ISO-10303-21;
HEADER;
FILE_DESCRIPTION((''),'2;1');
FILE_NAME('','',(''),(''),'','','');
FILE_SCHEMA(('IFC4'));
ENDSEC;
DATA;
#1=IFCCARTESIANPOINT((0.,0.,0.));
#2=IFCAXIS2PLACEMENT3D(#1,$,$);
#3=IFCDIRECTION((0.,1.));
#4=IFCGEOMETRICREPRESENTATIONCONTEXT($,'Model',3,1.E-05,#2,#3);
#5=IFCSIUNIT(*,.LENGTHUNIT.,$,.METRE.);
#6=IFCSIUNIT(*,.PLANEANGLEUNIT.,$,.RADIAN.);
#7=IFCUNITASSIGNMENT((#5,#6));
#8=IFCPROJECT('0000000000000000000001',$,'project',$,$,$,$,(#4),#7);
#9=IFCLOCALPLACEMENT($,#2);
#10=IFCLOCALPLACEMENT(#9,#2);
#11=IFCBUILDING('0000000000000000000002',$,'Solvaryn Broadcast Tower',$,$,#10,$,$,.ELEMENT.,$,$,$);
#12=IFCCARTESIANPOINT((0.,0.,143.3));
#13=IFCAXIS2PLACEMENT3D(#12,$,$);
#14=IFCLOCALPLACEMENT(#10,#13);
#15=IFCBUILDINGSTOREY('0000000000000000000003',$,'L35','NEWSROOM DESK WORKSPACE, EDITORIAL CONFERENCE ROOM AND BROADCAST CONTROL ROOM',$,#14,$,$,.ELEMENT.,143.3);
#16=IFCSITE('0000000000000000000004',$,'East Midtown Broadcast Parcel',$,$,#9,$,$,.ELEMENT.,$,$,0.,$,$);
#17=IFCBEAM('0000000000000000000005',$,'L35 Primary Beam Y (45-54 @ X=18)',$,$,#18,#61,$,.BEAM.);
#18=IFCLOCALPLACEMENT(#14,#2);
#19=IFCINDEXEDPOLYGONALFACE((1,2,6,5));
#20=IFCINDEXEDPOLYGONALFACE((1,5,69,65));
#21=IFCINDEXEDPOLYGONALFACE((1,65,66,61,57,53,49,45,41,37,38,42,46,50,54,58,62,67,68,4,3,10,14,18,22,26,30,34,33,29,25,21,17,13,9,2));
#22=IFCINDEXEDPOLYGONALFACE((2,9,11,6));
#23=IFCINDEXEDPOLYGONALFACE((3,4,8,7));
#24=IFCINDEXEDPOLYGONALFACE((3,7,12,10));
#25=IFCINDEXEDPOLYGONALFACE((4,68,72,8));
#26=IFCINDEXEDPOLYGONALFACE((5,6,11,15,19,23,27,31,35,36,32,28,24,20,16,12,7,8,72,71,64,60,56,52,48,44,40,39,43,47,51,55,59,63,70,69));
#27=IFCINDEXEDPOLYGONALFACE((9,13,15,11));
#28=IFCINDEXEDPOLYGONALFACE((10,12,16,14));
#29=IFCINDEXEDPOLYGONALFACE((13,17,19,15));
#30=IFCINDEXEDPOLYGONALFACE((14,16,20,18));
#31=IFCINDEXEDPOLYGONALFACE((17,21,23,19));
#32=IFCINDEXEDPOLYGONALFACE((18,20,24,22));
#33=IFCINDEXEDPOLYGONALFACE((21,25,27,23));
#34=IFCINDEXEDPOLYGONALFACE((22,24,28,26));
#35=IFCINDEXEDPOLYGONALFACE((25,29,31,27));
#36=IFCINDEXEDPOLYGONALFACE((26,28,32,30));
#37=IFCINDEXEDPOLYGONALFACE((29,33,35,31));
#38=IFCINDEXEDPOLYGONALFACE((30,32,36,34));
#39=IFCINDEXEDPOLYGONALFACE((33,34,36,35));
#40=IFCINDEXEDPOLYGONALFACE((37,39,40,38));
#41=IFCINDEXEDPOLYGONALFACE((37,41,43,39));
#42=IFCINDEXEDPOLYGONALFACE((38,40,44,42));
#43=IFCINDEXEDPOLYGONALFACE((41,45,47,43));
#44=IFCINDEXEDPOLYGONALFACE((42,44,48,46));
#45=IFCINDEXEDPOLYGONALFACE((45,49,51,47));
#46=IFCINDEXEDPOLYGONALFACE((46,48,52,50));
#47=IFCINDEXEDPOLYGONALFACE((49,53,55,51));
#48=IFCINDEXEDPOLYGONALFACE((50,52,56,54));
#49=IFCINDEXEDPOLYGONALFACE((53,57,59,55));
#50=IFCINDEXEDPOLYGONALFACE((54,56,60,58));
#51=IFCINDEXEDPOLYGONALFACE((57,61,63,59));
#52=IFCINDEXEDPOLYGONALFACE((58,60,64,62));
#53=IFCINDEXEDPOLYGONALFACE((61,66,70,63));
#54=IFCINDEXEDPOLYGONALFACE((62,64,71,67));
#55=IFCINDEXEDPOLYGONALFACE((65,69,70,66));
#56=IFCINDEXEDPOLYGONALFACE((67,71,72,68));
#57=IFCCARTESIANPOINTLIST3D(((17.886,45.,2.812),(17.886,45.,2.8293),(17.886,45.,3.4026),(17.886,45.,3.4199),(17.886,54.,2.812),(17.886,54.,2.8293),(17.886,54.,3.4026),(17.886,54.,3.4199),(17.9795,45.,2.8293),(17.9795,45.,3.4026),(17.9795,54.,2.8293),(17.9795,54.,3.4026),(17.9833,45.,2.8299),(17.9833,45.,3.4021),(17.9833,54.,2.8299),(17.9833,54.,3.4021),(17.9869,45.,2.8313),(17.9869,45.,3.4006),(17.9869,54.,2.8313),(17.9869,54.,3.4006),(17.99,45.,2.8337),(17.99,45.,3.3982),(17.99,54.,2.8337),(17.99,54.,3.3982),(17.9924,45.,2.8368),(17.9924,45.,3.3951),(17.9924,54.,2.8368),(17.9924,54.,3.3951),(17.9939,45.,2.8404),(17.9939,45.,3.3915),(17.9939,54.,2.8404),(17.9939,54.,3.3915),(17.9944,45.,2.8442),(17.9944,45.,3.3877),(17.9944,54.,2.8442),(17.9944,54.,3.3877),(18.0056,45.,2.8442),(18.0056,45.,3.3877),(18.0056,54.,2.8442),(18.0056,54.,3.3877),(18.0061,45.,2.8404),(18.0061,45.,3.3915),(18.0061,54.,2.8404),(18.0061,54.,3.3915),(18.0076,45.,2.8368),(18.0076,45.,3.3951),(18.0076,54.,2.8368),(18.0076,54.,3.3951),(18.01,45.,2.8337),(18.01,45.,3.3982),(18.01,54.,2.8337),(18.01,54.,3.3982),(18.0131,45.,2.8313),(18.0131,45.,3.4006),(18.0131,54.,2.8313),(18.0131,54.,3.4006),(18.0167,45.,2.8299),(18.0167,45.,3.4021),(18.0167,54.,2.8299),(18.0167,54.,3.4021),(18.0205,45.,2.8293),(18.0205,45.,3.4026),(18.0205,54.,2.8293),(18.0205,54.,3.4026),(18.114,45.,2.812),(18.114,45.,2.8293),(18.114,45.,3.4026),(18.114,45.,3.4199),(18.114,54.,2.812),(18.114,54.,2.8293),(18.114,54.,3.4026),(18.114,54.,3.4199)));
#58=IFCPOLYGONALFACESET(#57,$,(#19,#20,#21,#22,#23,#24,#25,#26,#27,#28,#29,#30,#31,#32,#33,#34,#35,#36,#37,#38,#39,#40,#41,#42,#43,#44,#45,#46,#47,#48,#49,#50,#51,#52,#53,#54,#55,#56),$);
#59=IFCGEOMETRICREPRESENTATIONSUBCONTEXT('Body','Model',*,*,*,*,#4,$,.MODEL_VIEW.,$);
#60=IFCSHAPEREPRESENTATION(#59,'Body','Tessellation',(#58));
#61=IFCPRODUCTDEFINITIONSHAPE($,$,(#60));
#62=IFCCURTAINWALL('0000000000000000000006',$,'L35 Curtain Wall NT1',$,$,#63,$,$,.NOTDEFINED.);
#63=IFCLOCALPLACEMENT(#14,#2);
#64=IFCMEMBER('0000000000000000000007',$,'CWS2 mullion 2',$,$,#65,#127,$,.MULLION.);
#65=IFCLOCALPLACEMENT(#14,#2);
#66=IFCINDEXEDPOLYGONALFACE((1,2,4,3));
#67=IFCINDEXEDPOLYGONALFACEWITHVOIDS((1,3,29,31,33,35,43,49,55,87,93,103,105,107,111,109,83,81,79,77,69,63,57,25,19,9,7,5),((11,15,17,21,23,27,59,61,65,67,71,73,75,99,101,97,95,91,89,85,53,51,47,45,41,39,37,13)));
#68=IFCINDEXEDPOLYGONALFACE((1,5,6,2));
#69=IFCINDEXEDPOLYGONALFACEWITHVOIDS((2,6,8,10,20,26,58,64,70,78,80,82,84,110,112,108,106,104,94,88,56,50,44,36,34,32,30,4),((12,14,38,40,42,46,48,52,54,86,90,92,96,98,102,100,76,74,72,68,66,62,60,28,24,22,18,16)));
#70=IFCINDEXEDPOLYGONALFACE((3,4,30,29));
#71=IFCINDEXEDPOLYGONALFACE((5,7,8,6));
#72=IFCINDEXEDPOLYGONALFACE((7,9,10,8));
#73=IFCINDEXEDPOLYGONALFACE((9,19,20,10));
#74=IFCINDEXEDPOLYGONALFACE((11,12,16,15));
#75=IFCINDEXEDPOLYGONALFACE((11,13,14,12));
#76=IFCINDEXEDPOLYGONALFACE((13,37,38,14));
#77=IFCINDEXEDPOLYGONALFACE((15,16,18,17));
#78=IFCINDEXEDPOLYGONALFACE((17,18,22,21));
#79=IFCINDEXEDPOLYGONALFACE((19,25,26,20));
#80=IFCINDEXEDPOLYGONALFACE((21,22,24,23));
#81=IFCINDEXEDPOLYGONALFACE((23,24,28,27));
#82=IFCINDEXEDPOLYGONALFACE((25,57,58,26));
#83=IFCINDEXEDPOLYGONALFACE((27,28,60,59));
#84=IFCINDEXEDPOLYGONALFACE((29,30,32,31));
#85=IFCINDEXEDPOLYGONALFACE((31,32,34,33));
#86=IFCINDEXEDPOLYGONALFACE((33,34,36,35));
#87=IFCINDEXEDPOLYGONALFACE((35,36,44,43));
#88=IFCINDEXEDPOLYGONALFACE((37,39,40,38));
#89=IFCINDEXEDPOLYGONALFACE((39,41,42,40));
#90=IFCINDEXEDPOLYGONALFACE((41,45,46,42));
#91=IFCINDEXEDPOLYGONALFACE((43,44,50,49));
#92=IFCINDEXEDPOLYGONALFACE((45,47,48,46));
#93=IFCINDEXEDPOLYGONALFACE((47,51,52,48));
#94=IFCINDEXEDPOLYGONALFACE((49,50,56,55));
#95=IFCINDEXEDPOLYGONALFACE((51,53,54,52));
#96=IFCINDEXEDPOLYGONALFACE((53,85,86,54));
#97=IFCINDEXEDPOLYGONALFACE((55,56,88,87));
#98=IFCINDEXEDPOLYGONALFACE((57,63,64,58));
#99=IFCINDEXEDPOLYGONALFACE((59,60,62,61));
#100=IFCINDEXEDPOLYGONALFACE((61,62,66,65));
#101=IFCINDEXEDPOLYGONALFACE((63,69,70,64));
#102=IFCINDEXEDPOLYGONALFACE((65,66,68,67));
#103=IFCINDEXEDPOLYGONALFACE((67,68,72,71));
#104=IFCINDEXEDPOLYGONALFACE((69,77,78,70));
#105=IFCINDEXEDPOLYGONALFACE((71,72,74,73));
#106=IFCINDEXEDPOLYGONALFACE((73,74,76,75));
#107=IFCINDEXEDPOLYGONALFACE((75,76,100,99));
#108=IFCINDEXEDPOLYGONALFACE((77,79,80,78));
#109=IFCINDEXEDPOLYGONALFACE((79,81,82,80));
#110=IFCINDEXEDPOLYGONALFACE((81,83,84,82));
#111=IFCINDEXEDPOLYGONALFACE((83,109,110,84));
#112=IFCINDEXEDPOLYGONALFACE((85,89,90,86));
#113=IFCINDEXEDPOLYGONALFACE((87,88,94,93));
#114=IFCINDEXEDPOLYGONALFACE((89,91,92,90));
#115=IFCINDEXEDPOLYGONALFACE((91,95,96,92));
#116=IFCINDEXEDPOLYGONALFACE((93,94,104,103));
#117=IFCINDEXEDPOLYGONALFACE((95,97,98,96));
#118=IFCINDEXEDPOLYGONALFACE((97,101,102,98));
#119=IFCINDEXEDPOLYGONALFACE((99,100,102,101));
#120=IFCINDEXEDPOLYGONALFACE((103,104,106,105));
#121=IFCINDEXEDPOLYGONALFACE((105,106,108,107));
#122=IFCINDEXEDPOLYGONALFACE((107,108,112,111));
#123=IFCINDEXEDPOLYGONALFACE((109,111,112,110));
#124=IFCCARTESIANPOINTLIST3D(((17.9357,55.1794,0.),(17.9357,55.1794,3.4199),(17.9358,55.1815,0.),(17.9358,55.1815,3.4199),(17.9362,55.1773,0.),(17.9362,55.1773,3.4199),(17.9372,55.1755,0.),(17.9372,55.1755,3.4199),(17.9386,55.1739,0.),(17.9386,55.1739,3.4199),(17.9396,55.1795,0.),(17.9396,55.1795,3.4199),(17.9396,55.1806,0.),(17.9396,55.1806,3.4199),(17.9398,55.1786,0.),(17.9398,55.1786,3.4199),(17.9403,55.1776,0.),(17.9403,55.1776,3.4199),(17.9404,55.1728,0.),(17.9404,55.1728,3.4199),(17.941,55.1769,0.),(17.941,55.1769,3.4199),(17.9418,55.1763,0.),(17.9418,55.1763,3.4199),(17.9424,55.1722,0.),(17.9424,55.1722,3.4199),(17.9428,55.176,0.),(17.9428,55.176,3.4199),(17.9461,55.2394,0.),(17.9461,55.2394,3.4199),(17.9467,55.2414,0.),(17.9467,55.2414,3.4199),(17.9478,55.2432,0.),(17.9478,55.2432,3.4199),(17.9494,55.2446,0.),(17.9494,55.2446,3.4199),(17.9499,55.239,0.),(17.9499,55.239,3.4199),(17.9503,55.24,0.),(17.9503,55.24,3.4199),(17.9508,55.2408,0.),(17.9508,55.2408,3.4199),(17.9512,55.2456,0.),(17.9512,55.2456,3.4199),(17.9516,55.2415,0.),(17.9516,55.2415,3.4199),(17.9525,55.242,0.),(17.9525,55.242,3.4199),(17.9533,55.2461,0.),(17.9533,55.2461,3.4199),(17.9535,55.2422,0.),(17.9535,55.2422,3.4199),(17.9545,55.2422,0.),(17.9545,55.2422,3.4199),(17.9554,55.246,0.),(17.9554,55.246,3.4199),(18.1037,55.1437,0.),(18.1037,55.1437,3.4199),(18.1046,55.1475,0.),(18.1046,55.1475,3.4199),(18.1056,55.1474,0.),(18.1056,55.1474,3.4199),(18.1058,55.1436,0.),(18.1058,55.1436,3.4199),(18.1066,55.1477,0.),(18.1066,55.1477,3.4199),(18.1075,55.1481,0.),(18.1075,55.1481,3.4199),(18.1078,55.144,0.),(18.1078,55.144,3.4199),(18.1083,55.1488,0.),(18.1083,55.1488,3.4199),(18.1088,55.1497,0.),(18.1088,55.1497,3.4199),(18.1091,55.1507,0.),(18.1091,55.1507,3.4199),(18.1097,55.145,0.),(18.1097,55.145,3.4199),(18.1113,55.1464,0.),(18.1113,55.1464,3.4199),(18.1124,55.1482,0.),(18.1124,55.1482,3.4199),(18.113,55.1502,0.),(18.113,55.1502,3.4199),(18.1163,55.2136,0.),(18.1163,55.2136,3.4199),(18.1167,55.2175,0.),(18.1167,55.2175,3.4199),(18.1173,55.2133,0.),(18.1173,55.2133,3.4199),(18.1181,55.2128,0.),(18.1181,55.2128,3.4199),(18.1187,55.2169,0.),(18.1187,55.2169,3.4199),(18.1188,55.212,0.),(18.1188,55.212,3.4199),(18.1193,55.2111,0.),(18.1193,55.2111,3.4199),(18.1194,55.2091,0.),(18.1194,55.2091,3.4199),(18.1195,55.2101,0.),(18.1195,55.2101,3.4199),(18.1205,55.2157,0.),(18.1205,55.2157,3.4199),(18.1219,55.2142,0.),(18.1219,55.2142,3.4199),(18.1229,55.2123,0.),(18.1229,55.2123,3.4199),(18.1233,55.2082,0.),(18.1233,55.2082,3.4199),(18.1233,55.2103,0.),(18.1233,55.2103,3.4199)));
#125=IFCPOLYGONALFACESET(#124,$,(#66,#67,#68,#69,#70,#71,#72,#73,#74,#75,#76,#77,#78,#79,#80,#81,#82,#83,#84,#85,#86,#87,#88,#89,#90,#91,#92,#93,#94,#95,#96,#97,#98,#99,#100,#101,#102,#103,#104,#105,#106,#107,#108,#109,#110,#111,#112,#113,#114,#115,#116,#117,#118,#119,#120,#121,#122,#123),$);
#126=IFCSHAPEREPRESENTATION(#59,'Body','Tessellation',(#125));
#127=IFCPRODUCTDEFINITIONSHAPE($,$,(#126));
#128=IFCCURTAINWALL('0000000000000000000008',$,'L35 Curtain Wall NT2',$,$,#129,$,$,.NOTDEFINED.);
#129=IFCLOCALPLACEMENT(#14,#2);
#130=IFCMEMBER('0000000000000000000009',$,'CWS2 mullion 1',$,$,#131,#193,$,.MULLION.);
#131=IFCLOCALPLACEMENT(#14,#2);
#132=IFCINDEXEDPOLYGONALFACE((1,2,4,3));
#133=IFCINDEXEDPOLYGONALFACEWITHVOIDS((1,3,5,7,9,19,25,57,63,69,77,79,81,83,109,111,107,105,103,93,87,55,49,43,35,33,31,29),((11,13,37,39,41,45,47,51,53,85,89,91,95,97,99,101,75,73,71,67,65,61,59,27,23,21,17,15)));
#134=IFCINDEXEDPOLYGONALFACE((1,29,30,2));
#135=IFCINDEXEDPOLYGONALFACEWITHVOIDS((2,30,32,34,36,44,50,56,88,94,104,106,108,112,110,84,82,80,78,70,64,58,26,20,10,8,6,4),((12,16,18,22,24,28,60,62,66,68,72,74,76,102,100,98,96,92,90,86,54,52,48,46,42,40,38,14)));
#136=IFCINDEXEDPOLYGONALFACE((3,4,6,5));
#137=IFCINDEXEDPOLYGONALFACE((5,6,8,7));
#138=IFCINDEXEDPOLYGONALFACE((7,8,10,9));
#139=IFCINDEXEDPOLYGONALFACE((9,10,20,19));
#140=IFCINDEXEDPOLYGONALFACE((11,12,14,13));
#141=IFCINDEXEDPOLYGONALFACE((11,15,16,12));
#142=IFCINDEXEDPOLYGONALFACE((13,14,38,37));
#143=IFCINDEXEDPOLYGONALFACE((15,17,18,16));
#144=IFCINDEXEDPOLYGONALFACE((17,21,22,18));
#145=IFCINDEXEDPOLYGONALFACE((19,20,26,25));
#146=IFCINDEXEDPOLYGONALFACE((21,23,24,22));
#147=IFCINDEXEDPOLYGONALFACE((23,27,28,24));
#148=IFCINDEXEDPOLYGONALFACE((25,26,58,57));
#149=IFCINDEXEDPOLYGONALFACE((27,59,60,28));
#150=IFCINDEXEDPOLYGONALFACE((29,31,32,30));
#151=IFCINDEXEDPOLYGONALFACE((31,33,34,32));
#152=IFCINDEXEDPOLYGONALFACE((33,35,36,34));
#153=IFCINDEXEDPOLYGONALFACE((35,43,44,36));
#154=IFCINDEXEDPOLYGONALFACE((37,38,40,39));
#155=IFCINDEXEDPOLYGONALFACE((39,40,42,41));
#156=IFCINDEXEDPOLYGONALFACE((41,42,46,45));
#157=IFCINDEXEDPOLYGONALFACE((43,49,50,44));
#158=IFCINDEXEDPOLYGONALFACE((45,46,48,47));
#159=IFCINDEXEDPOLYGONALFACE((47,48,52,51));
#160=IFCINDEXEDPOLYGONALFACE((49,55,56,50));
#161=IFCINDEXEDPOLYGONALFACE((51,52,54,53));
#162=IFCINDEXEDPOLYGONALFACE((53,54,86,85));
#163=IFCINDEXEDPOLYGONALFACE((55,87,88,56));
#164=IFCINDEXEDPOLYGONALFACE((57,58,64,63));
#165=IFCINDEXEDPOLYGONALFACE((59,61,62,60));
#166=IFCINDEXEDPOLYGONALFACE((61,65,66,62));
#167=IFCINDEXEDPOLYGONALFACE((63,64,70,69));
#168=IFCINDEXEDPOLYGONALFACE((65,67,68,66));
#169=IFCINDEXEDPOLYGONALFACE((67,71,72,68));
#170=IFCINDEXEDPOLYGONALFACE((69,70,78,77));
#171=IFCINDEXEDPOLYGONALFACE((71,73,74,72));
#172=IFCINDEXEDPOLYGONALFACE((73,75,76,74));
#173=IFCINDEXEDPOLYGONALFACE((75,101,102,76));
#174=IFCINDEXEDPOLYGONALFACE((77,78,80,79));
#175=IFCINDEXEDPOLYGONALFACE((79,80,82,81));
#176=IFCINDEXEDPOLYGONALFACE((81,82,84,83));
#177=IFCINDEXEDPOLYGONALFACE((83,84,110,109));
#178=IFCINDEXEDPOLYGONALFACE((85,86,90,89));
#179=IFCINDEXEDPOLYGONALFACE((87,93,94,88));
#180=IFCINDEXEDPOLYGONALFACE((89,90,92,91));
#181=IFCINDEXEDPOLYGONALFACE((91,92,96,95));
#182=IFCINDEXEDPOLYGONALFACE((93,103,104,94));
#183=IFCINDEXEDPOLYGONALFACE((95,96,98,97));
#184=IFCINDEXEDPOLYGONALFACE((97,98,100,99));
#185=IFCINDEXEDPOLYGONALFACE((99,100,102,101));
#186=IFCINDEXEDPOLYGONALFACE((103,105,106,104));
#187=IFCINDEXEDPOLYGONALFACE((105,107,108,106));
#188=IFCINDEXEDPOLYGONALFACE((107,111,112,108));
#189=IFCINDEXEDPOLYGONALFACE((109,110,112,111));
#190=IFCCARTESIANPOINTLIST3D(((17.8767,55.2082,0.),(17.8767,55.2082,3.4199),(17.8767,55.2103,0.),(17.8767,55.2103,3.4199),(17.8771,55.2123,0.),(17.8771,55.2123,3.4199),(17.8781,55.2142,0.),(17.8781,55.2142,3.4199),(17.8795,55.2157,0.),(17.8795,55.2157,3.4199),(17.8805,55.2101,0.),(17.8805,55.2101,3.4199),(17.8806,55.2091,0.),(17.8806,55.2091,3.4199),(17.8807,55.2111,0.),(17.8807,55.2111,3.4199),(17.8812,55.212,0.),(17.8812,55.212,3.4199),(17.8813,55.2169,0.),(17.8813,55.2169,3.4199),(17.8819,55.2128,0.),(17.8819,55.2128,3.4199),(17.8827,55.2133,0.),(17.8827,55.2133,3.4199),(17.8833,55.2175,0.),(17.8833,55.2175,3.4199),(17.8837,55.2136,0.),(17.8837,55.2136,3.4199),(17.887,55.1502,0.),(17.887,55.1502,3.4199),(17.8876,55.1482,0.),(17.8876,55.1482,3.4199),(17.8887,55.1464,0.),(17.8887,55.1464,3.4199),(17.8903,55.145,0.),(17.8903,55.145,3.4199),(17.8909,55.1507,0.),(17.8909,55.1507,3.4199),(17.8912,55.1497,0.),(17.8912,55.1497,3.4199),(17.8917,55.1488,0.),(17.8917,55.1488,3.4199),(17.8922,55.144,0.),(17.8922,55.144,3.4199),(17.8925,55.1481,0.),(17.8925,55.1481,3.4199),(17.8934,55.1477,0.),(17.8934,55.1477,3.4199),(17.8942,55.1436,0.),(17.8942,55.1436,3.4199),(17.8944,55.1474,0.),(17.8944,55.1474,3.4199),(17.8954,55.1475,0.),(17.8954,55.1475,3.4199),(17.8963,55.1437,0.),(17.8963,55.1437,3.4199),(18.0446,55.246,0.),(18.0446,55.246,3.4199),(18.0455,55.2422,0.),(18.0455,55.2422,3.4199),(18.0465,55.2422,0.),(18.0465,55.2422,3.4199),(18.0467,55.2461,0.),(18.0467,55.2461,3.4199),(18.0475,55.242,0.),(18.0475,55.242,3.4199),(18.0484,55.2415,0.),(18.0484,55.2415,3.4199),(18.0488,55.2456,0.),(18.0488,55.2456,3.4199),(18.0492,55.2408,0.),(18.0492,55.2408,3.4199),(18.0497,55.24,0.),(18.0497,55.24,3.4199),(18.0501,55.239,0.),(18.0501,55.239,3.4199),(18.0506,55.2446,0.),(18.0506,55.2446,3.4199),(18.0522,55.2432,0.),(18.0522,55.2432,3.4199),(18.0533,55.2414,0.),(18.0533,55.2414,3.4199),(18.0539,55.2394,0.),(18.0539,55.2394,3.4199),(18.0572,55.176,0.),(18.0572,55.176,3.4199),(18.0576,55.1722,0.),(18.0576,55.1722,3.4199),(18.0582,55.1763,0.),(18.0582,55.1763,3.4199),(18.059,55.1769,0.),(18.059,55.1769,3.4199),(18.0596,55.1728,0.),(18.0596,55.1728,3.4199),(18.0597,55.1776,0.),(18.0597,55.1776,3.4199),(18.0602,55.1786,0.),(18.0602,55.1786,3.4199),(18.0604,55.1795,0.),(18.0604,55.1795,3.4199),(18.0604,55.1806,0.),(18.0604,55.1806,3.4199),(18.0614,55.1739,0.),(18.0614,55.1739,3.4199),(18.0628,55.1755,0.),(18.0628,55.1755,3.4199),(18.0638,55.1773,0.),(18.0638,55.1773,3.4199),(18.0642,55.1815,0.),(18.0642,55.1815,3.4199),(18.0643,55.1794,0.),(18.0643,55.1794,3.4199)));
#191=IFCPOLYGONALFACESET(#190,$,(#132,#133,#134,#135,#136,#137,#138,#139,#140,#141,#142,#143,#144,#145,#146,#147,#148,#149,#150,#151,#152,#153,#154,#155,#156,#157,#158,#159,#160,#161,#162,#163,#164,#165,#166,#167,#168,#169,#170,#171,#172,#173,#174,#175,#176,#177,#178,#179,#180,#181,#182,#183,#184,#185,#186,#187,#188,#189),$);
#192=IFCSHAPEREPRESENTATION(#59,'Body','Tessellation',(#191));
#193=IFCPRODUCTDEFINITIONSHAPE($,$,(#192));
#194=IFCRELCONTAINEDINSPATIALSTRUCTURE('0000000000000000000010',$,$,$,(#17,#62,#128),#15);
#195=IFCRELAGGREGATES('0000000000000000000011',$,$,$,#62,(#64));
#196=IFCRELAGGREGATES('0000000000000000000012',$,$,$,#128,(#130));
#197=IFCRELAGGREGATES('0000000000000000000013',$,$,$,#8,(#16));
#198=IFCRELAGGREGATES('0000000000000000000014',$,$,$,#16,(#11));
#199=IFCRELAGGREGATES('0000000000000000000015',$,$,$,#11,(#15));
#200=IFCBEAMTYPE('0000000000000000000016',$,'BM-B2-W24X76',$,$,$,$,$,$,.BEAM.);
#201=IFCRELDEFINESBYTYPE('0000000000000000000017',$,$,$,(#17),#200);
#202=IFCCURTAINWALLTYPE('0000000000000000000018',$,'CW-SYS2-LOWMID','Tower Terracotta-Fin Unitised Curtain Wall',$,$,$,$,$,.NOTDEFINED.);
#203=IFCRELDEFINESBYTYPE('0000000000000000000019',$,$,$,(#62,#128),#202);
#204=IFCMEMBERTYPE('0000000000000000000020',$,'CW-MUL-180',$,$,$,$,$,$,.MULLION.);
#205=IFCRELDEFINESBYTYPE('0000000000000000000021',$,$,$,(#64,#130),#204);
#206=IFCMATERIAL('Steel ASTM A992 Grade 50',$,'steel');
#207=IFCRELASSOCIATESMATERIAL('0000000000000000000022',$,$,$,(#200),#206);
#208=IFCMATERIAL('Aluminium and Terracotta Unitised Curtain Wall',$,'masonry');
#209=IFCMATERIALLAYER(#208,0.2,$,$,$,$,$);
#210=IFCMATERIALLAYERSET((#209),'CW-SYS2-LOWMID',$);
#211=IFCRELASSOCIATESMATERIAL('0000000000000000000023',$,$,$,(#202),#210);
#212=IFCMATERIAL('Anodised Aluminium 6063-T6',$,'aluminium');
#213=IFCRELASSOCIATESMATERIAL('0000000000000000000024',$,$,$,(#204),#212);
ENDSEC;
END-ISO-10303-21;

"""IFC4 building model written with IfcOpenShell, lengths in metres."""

from ifc_helpers import new_model, si_unit, direction, frame, origin, origin_2d, place, context, subcontext, project, spatial, hollow_rectangle, i_section, extrude, material, layer, layer_set, material_profile, profile_set, type_object, element, aggregate, save


model = new_model("IFC4")

# Units and contexts
model_context = context("Model", 3, precision=1e-05, world=origin(), true_north=direction((0.0, 1.0)))
body_context = subcontext(model_context, "Body", "Model", "MODEL_VIEW")
ifc_project = project(units=[si_unit("LENGTHUNIT", "METRE"), si_unit("PLANEANGLEUNIT", "RADIAN")], contexts=[model_context])

# Site, building, storey
site_placement = place(None, origin())
site = spatial("IfcSite", under=ifc_project, at=site_placement, Name="East Midtown Broadcast Parcel", CompositionType="ELEMENT", RefElevation=0.0)
building_placement = place(site_placement, origin())
building = spatial("IfcBuilding", under=site, at=building_placement, Name="Solvaryn Broadcast Tower", CompositionType="ELEMENT")
storey_placement = place(building_placement, frame((0.0, 0.0, 143.3)))
storey = spatial("IfcBuildingStorey", under=building, at=storey_placement, Name="L35", Description="NEWSROOM DESK WORKSPACE, EDITORIAL CONFERENCE ROOM AND BROADCAST CONTROL ROOM", CompositionType="ELEMENT", Elevation=143.3)

# Beam
ifc_material_1 = material(Name="Steel ASTM A992 Grade 50", Category="steel")
ifc_material_profile_1 = material_profile(ifc_material_1, i_section(OverallWidth=0.228, OverallDepth=0.6079, WebThickness=0.0112, FlangeThickness=0.0173, FilletRadius=0.0149, at=origin_2d()))
ifc_profile_set_1 = profile_set([ifc_material_profile_1], Name="Steel ASTM A992 Grade 50")
beam_type_1 = type_object("IfcBeamType", Name="BM-B2-W24X76", PredefinedType="BEAM", material=ifc_profile_set_1)
beam_1_placement = place(storey_placement, frame((18.0, 45.0, 3.116), z_axis=(0.0, 1.0, 0.0), x_axis=(-1.0, 0.0, 0.0)))
element("IfcBeam", 1, at=beam_1_placement, inside=storey, type_object=beam_type_1, Name="L35 Primary Beam Y (45-54 @ X=18)", PredefinedType="BEAM", context=body_context, shape_type="SweptSolid", body=[
    extrude(i_section(OverallWidth=0.228, OverallDepth=0.6079, WebThickness=0.0112, FlangeThickness=0.0173, FilletRadius=0.0149, at=origin_2d()), origin(), (0.0, 0.0, 1.0), 9.0),
])

# Curtain wall, member
ifc_material_2 = material(Name="Aluminium and Terracotta Unitised Curtain Wall", Category="masonry")
ifc_layer_1 = layer(ifc_material_2, 0.2)
ifc_layer_set_1 = layer_set([ifc_layer_1], Name="CW-SYS2-LOWMID")
curtain_wall_type = type_object("IfcCurtainWallType", Name="CW-SYS2-LOWMID", Description="Tower Terracotta-Fin Unitised Curtain Wall", PredefinedType="NOTDEFINED", material=ifc_layer_set_1)
curtain_wall_1_placement = place(storey_placement, origin())
curtain_wall_1 = element("IfcCurtainWall", 2, at=curtain_wall_1_placement, inside=storey, type_object=curtain_wall_type, Name="L35 Curtain Wall NT1", PredefinedType="NOTDEFINED")
ifc_material_3 = material(Name="Anodised Aluminium 6063-T6", Category="aluminium")
ifc_material_profile_2 = material_profile(ifc_material_3, hollow_rectangle(XDim=0.075, YDim=0.1799, WallThickness=0.0039, InnerFilletRadius=0.0039, OuterFilletRadius=0.0081, at=origin_2d()))
ifc_profile_set_2 = profile_set([ifc_material_profile_2], Name="Anodised Aluminium 6063-T6")
member_type_1 = type_object("IfcMemberType", Name="CW-MUL-180", PredefinedType="MULLION", material=ifc_profile_set_2)
member_1_placement = place(storey_placement, frame((18.0295, 55.1948, 0.0), z_axis=(0.0, 0.0, 1.0), x_axis=(-0.173785, -0.984784, 0.0)))
member_1 = element("IfcMember", 3, at=member_1_placement, type_object=member_type_1, Name="CWS2 mullion 2", PredefinedType="MULLION", context=body_context, shape_type="SweptSolid", body=[
    extrude(hollow_rectangle(XDim=0.075, YDim=0.1799, WallThickness=0.0039, InnerFilletRadius=0.0039, OuterFilletRadius=0.0081, at=origin_2d()), origin(), (0.0, 0.0, 1.0), 3.4199),
])

# Curtain wall, member
curtain_wall_2_placement = place(storey_placement, origin())
curtain_wall_2 = element("IfcCurtainWall", 4, at=curtain_wall_2_placement, inside=storey, type_object=curtain_wall_type, Name="L35 Curtain Wall NT2", PredefinedType="NOTDEFINED")
member_2_placement = place(storey_placement, frame((17.9705, 55.1948, 0.0), z_axis=(0.0, 0.0, 1.0), x_axis=(0.173785, -0.984784, 0.0)))
member_2 = element("IfcMember", 5, at=member_2_placement, type_object=member_type_1, Name="CWS2 mullion 1", PredefinedType="MULLION", context=body_context, shape_type="SweptSolid", body=[
    extrude(hollow_rectangle(XDim=0.075, YDim=0.1799, WallThickness=0.0039, InnerFilletRadius=0.0039, OuterFilletRadius=0.0081, at=origin_2d()), origin(), (0.0, 0.0, 1.0), 3.4199),
])

aggregate(curtain_wall_1, [member_1])
aggregate(curtain_wall_2, [member_2])

save(model, "model.ifc")
